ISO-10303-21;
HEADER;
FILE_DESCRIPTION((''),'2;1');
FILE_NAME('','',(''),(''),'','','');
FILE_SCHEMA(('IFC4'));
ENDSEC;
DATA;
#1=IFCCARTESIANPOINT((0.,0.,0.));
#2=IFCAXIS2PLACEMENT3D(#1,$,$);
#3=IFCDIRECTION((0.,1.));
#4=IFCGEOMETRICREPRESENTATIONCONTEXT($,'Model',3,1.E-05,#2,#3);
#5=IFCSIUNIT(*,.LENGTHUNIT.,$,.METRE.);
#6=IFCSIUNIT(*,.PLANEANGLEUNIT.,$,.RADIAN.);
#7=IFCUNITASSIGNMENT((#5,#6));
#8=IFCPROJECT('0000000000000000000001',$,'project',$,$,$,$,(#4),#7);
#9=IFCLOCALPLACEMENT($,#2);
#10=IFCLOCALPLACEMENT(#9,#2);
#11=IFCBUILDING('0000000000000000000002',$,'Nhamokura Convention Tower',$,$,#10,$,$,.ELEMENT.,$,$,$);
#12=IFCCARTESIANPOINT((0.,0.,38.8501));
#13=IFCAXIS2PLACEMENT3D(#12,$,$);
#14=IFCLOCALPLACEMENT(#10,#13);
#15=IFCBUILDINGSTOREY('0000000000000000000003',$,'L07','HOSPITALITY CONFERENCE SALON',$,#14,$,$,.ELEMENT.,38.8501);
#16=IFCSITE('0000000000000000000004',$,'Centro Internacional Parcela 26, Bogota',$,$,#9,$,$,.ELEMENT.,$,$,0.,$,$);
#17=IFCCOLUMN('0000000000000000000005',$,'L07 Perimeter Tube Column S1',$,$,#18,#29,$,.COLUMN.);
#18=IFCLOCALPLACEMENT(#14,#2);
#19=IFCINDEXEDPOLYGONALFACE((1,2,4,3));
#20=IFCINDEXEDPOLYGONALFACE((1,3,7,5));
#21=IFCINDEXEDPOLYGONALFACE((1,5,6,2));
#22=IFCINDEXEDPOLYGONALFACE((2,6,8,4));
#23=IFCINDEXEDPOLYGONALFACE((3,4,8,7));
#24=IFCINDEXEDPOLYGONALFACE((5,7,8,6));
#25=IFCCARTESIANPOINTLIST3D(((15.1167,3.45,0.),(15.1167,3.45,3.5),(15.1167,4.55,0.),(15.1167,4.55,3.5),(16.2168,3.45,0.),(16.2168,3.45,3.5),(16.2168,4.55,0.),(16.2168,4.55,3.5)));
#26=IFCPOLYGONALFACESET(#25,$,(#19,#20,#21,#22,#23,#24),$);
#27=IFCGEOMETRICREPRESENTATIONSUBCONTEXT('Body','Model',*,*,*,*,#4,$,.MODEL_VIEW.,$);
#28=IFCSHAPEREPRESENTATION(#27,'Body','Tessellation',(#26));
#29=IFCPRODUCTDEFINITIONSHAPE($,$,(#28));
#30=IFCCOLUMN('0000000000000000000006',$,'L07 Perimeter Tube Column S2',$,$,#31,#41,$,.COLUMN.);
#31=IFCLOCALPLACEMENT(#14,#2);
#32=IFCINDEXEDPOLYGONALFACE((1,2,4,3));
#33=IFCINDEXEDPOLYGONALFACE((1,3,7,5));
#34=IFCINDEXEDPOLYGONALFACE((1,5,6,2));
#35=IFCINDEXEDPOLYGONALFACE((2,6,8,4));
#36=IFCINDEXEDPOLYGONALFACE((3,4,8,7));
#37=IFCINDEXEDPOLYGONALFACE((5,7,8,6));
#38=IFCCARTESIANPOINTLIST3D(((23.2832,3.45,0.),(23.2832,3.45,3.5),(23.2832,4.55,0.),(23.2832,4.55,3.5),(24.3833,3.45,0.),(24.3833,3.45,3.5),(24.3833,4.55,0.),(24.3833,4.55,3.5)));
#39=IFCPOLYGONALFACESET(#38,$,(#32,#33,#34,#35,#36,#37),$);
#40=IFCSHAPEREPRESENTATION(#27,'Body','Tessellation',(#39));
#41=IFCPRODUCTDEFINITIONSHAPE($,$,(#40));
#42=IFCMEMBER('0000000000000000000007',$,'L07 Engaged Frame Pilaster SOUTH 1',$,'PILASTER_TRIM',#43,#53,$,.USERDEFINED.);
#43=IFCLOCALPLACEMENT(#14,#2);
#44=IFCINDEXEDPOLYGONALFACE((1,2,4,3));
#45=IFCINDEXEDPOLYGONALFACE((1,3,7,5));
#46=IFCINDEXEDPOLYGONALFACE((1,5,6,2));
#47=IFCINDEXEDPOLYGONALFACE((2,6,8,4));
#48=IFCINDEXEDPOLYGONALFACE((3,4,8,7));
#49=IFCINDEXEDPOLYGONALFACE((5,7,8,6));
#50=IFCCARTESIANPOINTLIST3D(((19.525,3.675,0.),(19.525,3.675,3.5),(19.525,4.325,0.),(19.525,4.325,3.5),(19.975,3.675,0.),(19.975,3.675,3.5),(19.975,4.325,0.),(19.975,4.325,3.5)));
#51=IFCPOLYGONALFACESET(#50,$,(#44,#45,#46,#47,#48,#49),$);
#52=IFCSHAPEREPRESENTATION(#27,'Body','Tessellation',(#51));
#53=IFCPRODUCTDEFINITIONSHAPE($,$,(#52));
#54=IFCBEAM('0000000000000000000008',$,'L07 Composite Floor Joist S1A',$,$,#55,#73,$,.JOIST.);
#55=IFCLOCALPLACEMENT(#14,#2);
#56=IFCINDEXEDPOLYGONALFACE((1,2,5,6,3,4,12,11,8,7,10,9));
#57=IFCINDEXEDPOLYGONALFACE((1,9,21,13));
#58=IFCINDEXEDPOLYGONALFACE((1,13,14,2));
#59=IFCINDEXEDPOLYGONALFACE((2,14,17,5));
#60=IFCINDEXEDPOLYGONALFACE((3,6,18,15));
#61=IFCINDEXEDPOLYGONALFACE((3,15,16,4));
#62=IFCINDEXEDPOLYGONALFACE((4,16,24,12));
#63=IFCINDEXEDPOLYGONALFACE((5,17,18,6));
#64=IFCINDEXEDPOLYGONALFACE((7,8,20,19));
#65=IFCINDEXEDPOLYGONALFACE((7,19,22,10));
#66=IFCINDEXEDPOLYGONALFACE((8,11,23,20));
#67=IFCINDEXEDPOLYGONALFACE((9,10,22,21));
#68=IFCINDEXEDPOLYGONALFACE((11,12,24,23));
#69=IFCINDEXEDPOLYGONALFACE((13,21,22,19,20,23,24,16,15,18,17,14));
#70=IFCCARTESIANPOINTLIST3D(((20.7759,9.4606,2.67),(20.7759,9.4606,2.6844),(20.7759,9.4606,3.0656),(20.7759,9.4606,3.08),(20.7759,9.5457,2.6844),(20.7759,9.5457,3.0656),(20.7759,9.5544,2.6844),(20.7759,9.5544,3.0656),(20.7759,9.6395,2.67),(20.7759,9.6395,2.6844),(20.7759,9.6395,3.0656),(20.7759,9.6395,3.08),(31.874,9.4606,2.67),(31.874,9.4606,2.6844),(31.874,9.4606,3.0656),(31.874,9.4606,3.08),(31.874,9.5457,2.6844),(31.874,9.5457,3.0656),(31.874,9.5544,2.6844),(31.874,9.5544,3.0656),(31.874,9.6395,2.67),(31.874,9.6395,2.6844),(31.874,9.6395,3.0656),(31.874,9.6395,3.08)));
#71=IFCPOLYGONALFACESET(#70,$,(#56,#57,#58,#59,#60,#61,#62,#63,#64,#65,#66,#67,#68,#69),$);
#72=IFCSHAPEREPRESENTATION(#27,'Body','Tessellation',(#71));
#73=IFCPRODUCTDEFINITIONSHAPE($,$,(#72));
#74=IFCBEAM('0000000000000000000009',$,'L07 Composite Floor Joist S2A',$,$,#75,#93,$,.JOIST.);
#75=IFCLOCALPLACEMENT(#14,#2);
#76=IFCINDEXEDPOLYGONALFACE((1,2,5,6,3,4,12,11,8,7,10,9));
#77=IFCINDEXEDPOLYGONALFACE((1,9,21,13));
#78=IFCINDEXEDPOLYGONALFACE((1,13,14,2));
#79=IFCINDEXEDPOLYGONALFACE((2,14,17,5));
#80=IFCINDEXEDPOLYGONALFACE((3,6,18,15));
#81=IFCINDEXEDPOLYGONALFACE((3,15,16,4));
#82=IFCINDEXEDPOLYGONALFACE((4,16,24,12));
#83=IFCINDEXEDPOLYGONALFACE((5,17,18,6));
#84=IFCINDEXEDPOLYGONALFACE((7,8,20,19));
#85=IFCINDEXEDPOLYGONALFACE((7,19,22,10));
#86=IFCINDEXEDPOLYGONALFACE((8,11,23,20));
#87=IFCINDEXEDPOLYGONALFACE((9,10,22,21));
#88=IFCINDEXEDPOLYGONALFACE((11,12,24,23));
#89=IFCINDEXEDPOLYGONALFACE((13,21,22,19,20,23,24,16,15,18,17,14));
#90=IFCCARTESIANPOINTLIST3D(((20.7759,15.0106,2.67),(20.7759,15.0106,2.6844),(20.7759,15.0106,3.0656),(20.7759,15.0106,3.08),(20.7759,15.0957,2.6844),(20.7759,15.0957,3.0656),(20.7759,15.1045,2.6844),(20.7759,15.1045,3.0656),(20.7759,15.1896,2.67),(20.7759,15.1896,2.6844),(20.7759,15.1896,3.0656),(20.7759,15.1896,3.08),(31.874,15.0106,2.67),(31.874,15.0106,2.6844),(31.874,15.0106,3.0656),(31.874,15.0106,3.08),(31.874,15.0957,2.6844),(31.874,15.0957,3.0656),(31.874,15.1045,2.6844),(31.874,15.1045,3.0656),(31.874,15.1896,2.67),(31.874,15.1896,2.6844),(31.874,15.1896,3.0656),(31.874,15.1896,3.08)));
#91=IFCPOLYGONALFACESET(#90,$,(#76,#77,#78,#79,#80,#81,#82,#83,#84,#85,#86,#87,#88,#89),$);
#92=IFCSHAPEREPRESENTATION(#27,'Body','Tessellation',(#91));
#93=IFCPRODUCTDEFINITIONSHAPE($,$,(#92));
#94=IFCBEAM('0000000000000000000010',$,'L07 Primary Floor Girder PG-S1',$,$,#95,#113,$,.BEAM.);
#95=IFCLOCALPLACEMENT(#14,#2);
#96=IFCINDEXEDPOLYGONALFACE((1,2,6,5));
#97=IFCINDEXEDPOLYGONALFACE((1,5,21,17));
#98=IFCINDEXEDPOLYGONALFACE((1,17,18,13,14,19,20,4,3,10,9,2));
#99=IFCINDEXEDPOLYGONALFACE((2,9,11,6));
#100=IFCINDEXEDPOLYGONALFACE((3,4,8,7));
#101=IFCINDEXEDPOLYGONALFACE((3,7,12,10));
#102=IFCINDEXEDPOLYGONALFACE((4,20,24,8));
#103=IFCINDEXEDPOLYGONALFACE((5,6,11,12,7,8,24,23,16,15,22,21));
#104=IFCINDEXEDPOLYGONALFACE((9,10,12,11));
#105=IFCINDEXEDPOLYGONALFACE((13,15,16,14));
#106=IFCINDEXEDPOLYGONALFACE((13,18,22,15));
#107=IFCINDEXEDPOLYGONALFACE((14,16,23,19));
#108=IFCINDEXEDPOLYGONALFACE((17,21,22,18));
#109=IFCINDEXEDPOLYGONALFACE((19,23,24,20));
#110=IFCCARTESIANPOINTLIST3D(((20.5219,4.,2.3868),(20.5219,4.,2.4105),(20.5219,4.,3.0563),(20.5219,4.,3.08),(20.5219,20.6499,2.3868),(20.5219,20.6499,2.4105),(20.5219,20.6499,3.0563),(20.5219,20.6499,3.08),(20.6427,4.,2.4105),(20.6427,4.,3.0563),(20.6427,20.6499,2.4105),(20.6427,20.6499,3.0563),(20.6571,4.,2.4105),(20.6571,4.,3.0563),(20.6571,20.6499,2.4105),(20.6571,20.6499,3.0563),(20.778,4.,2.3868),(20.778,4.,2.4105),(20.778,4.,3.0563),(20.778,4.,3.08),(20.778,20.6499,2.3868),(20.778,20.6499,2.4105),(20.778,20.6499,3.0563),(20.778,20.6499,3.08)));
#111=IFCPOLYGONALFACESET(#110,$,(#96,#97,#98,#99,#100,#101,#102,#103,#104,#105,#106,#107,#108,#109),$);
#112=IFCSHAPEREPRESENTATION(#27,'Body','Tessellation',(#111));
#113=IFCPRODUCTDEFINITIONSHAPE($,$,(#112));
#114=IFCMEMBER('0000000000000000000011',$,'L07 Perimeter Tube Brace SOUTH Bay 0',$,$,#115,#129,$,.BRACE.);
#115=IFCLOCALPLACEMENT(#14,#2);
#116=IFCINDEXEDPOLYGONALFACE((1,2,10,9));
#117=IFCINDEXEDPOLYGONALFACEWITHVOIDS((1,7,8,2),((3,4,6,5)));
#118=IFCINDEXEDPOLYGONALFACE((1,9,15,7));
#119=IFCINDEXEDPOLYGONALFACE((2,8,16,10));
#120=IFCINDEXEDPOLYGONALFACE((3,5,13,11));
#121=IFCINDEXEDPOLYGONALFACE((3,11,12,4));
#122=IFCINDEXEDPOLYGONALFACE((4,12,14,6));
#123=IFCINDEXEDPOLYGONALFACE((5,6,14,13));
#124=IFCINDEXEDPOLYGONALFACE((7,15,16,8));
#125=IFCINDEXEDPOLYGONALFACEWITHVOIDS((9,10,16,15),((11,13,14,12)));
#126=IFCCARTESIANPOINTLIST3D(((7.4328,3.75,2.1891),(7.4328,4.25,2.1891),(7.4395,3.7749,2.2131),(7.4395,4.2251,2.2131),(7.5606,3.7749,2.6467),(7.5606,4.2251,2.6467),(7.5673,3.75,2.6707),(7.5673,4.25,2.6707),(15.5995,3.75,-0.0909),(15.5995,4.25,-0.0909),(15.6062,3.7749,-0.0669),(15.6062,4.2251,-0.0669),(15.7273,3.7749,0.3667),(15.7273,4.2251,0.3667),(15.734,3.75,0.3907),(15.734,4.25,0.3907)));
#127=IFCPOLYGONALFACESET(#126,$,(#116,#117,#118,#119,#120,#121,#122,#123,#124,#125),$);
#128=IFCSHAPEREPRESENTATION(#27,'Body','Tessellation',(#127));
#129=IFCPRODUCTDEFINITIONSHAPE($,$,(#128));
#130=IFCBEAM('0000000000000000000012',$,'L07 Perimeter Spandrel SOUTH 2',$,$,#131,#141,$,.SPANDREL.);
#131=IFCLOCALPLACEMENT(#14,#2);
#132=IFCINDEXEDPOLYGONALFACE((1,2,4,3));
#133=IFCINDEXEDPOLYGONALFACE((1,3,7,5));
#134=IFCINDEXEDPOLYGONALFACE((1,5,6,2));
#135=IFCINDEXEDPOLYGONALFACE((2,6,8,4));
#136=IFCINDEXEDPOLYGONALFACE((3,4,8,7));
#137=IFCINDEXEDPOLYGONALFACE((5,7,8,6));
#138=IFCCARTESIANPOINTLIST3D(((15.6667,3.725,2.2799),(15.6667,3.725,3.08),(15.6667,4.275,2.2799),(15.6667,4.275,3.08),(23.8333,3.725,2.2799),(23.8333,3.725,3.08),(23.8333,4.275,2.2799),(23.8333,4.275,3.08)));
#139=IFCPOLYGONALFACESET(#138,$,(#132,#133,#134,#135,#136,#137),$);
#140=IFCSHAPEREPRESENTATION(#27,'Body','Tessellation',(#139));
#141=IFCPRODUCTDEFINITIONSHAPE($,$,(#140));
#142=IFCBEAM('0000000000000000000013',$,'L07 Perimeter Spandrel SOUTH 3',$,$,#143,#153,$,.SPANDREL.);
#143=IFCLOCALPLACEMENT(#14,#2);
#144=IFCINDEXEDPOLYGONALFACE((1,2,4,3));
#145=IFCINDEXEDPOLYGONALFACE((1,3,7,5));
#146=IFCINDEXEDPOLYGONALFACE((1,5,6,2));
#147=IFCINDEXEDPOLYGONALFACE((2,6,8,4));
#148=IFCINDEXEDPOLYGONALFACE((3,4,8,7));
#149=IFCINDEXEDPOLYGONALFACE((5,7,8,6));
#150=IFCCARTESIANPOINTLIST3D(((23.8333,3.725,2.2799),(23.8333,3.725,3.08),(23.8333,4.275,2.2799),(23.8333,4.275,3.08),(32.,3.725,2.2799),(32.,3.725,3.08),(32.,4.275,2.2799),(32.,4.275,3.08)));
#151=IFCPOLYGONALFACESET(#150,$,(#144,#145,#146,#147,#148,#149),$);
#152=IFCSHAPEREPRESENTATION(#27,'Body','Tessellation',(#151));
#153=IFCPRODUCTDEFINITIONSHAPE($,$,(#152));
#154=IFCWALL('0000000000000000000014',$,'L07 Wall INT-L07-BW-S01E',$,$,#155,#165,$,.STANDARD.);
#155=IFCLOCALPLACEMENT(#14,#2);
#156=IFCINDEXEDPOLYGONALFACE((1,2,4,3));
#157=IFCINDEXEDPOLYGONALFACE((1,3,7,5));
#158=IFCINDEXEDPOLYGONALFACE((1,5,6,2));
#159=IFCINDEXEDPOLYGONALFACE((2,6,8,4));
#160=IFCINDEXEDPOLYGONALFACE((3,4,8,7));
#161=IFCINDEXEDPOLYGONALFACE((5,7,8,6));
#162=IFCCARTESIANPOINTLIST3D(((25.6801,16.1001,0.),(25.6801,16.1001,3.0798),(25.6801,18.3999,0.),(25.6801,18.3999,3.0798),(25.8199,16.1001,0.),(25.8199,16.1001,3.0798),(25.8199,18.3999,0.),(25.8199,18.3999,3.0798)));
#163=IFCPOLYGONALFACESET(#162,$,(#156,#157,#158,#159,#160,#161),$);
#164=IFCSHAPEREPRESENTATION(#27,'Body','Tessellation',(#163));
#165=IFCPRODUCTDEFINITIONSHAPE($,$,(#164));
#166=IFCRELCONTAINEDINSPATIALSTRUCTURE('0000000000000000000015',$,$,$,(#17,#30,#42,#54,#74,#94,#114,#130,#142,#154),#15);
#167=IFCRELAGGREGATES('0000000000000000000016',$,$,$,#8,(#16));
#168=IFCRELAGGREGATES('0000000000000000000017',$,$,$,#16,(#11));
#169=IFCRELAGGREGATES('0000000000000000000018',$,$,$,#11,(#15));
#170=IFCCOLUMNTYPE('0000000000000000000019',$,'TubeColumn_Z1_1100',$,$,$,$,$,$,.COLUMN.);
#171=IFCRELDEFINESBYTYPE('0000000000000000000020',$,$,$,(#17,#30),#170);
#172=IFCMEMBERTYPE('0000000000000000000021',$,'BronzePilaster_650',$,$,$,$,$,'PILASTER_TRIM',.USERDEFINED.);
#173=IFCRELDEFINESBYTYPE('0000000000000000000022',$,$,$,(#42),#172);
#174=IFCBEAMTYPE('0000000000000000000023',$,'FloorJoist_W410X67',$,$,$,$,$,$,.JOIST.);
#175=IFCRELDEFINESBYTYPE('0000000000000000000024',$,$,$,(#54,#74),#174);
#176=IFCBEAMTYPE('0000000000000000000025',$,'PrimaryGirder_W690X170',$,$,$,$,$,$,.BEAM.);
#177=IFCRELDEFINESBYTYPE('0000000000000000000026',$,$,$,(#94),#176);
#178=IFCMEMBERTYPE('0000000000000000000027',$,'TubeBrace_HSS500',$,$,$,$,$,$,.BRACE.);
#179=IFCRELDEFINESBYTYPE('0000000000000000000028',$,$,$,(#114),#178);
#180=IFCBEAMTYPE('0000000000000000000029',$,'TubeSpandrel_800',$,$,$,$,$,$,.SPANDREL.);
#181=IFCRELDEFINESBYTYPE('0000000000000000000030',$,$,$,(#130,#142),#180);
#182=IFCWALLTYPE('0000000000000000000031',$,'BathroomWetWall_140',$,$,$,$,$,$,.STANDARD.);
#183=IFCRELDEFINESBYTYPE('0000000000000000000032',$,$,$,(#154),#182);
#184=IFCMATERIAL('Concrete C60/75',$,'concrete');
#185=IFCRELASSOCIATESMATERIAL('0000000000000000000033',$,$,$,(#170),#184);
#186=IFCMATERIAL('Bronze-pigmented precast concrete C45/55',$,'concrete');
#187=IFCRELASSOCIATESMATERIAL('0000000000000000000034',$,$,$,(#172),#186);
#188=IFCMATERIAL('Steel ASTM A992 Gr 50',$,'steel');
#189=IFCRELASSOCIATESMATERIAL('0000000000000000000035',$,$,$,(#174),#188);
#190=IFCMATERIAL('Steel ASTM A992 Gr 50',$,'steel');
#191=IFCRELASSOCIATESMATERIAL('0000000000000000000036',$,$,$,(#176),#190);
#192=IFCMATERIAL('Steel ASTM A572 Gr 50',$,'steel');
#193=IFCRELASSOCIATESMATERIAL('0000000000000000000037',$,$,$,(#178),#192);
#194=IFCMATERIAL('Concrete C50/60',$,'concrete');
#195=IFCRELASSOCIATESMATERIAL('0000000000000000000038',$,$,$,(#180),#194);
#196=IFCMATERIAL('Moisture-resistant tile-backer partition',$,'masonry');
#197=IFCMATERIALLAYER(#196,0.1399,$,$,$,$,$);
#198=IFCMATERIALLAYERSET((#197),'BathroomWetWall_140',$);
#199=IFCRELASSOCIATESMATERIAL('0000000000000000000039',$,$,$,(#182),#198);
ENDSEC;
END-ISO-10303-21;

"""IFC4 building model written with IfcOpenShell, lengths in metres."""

from ifc_helpers import new_model, si_unit, direction, frame, frame_2d, origin, origin_2d, place, context, subcontext, project, spatial, rectangle, hollow_rectangle, i_section, extrude, material, layer, layer_set, material_profile, profile_set, type_object, element, save


model = new_model("IFC4")

# Units and contexts
model_context = context("Model", 3, precision=1e-05, world=origin(), true_north=direction((0.0, 1.0)))
body_context = subcontext(model_context, "Body", "Model", "MODEL_VIEW")
ifc_project = project(units=[si_unit("LENGTHUNIT", "METRE"), si_unit("PLANEANGLEUNIT", "RADIAN")], contexts=[model_context])

# Site, building, storey
site_placement = place(None, origin())
site = spatial("IfcSite", under=ifc_project, at=site_placement, Name="Centro Internacional Parcela 26, Bogota", CompositionType="ELEMENT", RefElevation=0.0)
building_placement = place(site_placement, origin())
building = spatial("IfcBuilding", under=site, at=building_placement, Name="Nhamokura Convention Tower", CompositionType="ELEMENT")
storey_placement = place(building_placement, frame((0.0, 0.0, 38.8501)))
storey = spatial("IfcBuildingStorey", under=building, at=storey_placement, Name="L07", Description="HOSPITALITY CONFERENCE SALON", CompositionType="ELEMENT", Elevation=38.8501)

# Columns
ifc_material_1 = material(Name="Concrete C60/75", Category="concrete")
ifc_material_profile_1 = material_profile(ifc_material_1, rectangle(XDim=1.1001, YDim=1.1001, at=origin_2d()))
ifc_profile_set_1 = profile_set([ifc_material_profile_1], Name="Concrete C60/75")
column_type = type_object("IfcColumnType", Name="TubeColumn_Z1_1100", PredefinedType="COLUMN", material=ifc_profile_set_1)
for number, where, z_axis, x_axis, name in (
    (1, (15.6667, 4.0, 0.0), (0.0, 0.0, 1.0), (1.0, 0.0, 0.0), "L07 Perimeter Tube Column S1"),
    (2, (23.8333, 4.0, 0.0), (0.0, 0.0, 1.0), (1.0, 0.0, 0.0), "L07 Perimeter Tube Column S2"),
):
    element("IfcColumn", number, at=place(storey_placement, frame(where, z_axis=z_axis, x_axis=x_axis)), inside=storey, type_object=column_type, Name=name, PredefinedType="COLUMN", context=body_context, shape_type="SweptSolid", body=[
        extrude(rectangle(XDim=1.1001, YDim=1.1001, at=origin_2d()), origin(), (0.0, 0.0, 1.0), 3.5),
    ])

# Member
ifc_material_2 = material(Name="Bronze-pigmented precast concrete C45/55", Category="concrete")
ifc_material_profile_2 = material_profile(ifc_material_2, rectangle(XDim=0.45, YDim=0.6499, at=origin_2d()))
ifc_profile_set_2 = profile_set([ifc_material_profile_2], Name="Bronze-pigmented precast concrete C45/55")
member_type_1 = type_object("IfcMemberType", Name="BronzePilaster_650", ElementType="PILASTER_TRIM", PredefinedType="USERDEFINED", material=ifc_profile_set_2)
member_1_placement = place(storey_placement, frame((19.75, 4.0, 0.0), z_axis=(0.0, 0.0, 1.0), x_axis=(1.0, 0.0, 0.0)))
element("IfcMember", 3, at=member_1_placement, inside=storey, type_object=member_type_1, Name="L07 Engaged Frame Pilaster SOUTH 1", ObjectType="PILASTER_TRIM", PredefinedType="USERDEFINED", context=body_context, shape_type="SweptSolid", body=[
    extrude(rectangle(XDim=0.45, YDim=0.6499, at=origin_2d()), origin(), (0.0, 0.0, 1.0), 3.5),
])

# Beams
ifc_material_3 = material(Name="Steel ASTM A992 Gr 50", Category="steel")
ifc_material_profile_3 = material_profile(ifc_material_3, i_section(OverallWidth=0.179, OverallDepth=0.4099, WebThickness=0.0088, FlangeThickness=0.0144, at=origin_2d()))
ifc_profile_set_3 = profile_set([ifc_material_profile_3], Name="Steel ASTM A992 Gr 50")
beam_type_1 = type_object("IfcBeamType", Name="FloorJoist_W410X67", PredefinedType="JOIST", material=ifc_profile_set_3)
for number, where, z_axis, x_axis, name in (
    (4, (20.7759, 9.55, 2.875), (1.0, 0.0, 0.0), (0.0, 1.0, 0.0), "L07 Composite Floor Joist S1A"),
    (5, (20.7759, 15.1001, 2.875), (1.0, 0.0, 0.0), (0.0, 1.0, 0.0), "L07 Composite Floor Joist S2A"),
):
    element("IfcBeam", number, at=place(storey_placement, frame(where, z_axis=z_axis, x_axis=x_axis)), inside=storey, type_object=beam_type_1, Name=name, PredefinedType="JOIST", context=body_context, shape_type="SweptSolid", body=[
        extrude(i_section(OverallWidth=0.179, OverallDepth=0.4099, WebThickness=0.0088, FlangeThickness=0.0144, at=origin_2d()), origin(), (0.0, 0.0, 1.0), 11.0981),
    ])
ifc_material_4 = material(Name="Steel ASTM A992 Gr 50", Category="steel")
ifc_material_profile_4 = material_profile(ifc_material_4, i_section(OverallWidth=0.2561, OverallDepth=0.6931, WebThickness=0.0144, FlangeThickness=0.0237, at=origin_2d()))
ifc_profile_set_4 = profile_set([ifc_material_profile_4], Name="Steel ASTM A992 Gr 50")
beam_type_2 = type_object("IfcBeamType", Name="PrimaryGirder_W690X170", PredefinedType="BEAM", material=ifc_profile_set_4)
beam_1_placement = place(storey_placement, frame((20.6499, 4.0, 2.7334), z_axis=(0.0, 1.0, 0.0), x_axis=(-1.0, 0.0, 0.0)))
element("IfcBeam", 6, at=beam_1_placement, inside=storey, type_object=beam_type_2, Name="L07 Primary Floor Girder PG-S1", PredefinedType="BEAM", context=body_context, shape_type="SweptSolid", body=[
    extrude(i_section(OverallWidth=0.2561, OverallDepth=0.6931, WebThickness=0.0144, FlangeThickness=0.0237, at=origin_2d()), origin(), (0.0, 0.0, 1.0), 16.6499),
])

# Member
ifc_material_5 = material(Name="Steel ASTM A572 Gr 50", Category="steel")
ifc_material_profile_5 = material_profile(ifc_material_5, hollow_rectangle(XDim=0.5, YDim=0.5, WallThickness=0.0249, at=origin_2d()))
ifc_profile_set_5 = profile_set([ifc_material_profile_5], Name="Steel ASTM A572 Gr 50")
member_type_2 = type_object("IfcMemberType", Name="TubeBrace_HSS500", PredefinedType="BRACE", material=ifc_profile_set_5)
member_2_placement = place(storey_placement, frame((15.6667, 4.0, 0.1499), z_axis=(-0.963168, 0.0, 0.268901), x_axis=(0.0, -1.0, 0.0)))
element("IfcMember", 7, at=member_2_placement, inside=storey, type_object=member_type_2, Name="L07 Perimeter Tube Brace SOUTH Bay 0", PredefinedType="BRACE", context=body_context, shape_type="SweptSolid", body=[
    extrude(hollow_rectangle(XDim=0.5, YDim=0.5, WallThickness=0.0249, at=origin_2d()), origin(), (0.0, 0.0, 1.0), 8.479),
])

# Beams
ifc_material_6 = material(Name="Concrete C50/60", Category="concrete")
ifc_material_profile_6 = material_profile(ifc_material_6, rectangle(XDim=0.55, YDim=0.8, at=origin_2d()))
ifc_profile_set_6 = profile_set([ifc_material_profile_6], Name="Concrete C50/60")
beam_type_3 = type_object("IfcBeamType", Name="TubeSpandrel_800", PredefinedType="SPANDREL", material=ifc_profile_set_6)
beam_2_placement = place(storey_placement, frame((15.6667, 4.0, 2.6799), z_axis=(1.0, 0.0, 0.0), x_axis=(0.0, 1.0, 0.0)))
element("IfcBeam", 8, at=beam_2_placement, inside=storey, type_object=beam_type_3, Name="L07 Perimeter Spandrel SOUTH 2", PredefinedType="SPANDREL", context=body_context, shape_type="SweptSolid", body=[
    extrude(rectangle(XDim=0.55, YDim=0.8, at=origin_2d()), origin(), (0.0, 0.0, 1.0), 8.1665),
])
beam_3_placement = place(storey_placement, frame((23.8333, 4.0, 2.6799), z_axis=(1.0, 0.0, 0.0), x_axis=(0.0, 1.0, 0.0)))
element("IfcBeam", 9, at=beam_3_placement, inside=storey, type_object=beam_type_3, Name="L07 Perimeter Spandrel SOUTH 3", PredefinedType="SPANDREL", context=body_context, shape_type="SweptSolid", body=[
    extrude(rectangle(XDim=0.55, YDim=0.8, at=origin_2d()), origin(), (0.0, 0.0, 1.0), 8.1667),
])

# Wall
ifc_material_7 = material(Name="Moisture-resistant tile-backer partition", Category="masonry")
ifc_layer_1 = layer(ifc_material_7, 0.1399)
ifc_layer_set_1 = layer_set([ifc_layer_1], Name="BathroomWetWall_140")
wall_type_1 = type_object("IfcWallType", Name="BathroomWetWall_140", PredefinedType="STANDARD", material=ifc_layer_set_1)
wall_1_placement = place(storey_placement, frame((25.75, 16.1001, 0.0), z_axis=(0.0, 0.0, 1.0), x_axis=(0.0, 1.0, 0.0)))
element("IfcWall", 10, at=wall_1_placement, inside=storey, type_object=wall_type_1, Name="L07 Wall INT-L07-BW-S01E", PredefinedType="STANDARD", context=body_context, shape_type="SweptSolid", body=[
    extrude(rectangle(XDim=2.2998, YDim=0.1399, at=frame_2d((1.1499, 0.0))), origin(), (0.0, 0.0, 1.0), 3.0798),
])

save(model, "model.ifc")
